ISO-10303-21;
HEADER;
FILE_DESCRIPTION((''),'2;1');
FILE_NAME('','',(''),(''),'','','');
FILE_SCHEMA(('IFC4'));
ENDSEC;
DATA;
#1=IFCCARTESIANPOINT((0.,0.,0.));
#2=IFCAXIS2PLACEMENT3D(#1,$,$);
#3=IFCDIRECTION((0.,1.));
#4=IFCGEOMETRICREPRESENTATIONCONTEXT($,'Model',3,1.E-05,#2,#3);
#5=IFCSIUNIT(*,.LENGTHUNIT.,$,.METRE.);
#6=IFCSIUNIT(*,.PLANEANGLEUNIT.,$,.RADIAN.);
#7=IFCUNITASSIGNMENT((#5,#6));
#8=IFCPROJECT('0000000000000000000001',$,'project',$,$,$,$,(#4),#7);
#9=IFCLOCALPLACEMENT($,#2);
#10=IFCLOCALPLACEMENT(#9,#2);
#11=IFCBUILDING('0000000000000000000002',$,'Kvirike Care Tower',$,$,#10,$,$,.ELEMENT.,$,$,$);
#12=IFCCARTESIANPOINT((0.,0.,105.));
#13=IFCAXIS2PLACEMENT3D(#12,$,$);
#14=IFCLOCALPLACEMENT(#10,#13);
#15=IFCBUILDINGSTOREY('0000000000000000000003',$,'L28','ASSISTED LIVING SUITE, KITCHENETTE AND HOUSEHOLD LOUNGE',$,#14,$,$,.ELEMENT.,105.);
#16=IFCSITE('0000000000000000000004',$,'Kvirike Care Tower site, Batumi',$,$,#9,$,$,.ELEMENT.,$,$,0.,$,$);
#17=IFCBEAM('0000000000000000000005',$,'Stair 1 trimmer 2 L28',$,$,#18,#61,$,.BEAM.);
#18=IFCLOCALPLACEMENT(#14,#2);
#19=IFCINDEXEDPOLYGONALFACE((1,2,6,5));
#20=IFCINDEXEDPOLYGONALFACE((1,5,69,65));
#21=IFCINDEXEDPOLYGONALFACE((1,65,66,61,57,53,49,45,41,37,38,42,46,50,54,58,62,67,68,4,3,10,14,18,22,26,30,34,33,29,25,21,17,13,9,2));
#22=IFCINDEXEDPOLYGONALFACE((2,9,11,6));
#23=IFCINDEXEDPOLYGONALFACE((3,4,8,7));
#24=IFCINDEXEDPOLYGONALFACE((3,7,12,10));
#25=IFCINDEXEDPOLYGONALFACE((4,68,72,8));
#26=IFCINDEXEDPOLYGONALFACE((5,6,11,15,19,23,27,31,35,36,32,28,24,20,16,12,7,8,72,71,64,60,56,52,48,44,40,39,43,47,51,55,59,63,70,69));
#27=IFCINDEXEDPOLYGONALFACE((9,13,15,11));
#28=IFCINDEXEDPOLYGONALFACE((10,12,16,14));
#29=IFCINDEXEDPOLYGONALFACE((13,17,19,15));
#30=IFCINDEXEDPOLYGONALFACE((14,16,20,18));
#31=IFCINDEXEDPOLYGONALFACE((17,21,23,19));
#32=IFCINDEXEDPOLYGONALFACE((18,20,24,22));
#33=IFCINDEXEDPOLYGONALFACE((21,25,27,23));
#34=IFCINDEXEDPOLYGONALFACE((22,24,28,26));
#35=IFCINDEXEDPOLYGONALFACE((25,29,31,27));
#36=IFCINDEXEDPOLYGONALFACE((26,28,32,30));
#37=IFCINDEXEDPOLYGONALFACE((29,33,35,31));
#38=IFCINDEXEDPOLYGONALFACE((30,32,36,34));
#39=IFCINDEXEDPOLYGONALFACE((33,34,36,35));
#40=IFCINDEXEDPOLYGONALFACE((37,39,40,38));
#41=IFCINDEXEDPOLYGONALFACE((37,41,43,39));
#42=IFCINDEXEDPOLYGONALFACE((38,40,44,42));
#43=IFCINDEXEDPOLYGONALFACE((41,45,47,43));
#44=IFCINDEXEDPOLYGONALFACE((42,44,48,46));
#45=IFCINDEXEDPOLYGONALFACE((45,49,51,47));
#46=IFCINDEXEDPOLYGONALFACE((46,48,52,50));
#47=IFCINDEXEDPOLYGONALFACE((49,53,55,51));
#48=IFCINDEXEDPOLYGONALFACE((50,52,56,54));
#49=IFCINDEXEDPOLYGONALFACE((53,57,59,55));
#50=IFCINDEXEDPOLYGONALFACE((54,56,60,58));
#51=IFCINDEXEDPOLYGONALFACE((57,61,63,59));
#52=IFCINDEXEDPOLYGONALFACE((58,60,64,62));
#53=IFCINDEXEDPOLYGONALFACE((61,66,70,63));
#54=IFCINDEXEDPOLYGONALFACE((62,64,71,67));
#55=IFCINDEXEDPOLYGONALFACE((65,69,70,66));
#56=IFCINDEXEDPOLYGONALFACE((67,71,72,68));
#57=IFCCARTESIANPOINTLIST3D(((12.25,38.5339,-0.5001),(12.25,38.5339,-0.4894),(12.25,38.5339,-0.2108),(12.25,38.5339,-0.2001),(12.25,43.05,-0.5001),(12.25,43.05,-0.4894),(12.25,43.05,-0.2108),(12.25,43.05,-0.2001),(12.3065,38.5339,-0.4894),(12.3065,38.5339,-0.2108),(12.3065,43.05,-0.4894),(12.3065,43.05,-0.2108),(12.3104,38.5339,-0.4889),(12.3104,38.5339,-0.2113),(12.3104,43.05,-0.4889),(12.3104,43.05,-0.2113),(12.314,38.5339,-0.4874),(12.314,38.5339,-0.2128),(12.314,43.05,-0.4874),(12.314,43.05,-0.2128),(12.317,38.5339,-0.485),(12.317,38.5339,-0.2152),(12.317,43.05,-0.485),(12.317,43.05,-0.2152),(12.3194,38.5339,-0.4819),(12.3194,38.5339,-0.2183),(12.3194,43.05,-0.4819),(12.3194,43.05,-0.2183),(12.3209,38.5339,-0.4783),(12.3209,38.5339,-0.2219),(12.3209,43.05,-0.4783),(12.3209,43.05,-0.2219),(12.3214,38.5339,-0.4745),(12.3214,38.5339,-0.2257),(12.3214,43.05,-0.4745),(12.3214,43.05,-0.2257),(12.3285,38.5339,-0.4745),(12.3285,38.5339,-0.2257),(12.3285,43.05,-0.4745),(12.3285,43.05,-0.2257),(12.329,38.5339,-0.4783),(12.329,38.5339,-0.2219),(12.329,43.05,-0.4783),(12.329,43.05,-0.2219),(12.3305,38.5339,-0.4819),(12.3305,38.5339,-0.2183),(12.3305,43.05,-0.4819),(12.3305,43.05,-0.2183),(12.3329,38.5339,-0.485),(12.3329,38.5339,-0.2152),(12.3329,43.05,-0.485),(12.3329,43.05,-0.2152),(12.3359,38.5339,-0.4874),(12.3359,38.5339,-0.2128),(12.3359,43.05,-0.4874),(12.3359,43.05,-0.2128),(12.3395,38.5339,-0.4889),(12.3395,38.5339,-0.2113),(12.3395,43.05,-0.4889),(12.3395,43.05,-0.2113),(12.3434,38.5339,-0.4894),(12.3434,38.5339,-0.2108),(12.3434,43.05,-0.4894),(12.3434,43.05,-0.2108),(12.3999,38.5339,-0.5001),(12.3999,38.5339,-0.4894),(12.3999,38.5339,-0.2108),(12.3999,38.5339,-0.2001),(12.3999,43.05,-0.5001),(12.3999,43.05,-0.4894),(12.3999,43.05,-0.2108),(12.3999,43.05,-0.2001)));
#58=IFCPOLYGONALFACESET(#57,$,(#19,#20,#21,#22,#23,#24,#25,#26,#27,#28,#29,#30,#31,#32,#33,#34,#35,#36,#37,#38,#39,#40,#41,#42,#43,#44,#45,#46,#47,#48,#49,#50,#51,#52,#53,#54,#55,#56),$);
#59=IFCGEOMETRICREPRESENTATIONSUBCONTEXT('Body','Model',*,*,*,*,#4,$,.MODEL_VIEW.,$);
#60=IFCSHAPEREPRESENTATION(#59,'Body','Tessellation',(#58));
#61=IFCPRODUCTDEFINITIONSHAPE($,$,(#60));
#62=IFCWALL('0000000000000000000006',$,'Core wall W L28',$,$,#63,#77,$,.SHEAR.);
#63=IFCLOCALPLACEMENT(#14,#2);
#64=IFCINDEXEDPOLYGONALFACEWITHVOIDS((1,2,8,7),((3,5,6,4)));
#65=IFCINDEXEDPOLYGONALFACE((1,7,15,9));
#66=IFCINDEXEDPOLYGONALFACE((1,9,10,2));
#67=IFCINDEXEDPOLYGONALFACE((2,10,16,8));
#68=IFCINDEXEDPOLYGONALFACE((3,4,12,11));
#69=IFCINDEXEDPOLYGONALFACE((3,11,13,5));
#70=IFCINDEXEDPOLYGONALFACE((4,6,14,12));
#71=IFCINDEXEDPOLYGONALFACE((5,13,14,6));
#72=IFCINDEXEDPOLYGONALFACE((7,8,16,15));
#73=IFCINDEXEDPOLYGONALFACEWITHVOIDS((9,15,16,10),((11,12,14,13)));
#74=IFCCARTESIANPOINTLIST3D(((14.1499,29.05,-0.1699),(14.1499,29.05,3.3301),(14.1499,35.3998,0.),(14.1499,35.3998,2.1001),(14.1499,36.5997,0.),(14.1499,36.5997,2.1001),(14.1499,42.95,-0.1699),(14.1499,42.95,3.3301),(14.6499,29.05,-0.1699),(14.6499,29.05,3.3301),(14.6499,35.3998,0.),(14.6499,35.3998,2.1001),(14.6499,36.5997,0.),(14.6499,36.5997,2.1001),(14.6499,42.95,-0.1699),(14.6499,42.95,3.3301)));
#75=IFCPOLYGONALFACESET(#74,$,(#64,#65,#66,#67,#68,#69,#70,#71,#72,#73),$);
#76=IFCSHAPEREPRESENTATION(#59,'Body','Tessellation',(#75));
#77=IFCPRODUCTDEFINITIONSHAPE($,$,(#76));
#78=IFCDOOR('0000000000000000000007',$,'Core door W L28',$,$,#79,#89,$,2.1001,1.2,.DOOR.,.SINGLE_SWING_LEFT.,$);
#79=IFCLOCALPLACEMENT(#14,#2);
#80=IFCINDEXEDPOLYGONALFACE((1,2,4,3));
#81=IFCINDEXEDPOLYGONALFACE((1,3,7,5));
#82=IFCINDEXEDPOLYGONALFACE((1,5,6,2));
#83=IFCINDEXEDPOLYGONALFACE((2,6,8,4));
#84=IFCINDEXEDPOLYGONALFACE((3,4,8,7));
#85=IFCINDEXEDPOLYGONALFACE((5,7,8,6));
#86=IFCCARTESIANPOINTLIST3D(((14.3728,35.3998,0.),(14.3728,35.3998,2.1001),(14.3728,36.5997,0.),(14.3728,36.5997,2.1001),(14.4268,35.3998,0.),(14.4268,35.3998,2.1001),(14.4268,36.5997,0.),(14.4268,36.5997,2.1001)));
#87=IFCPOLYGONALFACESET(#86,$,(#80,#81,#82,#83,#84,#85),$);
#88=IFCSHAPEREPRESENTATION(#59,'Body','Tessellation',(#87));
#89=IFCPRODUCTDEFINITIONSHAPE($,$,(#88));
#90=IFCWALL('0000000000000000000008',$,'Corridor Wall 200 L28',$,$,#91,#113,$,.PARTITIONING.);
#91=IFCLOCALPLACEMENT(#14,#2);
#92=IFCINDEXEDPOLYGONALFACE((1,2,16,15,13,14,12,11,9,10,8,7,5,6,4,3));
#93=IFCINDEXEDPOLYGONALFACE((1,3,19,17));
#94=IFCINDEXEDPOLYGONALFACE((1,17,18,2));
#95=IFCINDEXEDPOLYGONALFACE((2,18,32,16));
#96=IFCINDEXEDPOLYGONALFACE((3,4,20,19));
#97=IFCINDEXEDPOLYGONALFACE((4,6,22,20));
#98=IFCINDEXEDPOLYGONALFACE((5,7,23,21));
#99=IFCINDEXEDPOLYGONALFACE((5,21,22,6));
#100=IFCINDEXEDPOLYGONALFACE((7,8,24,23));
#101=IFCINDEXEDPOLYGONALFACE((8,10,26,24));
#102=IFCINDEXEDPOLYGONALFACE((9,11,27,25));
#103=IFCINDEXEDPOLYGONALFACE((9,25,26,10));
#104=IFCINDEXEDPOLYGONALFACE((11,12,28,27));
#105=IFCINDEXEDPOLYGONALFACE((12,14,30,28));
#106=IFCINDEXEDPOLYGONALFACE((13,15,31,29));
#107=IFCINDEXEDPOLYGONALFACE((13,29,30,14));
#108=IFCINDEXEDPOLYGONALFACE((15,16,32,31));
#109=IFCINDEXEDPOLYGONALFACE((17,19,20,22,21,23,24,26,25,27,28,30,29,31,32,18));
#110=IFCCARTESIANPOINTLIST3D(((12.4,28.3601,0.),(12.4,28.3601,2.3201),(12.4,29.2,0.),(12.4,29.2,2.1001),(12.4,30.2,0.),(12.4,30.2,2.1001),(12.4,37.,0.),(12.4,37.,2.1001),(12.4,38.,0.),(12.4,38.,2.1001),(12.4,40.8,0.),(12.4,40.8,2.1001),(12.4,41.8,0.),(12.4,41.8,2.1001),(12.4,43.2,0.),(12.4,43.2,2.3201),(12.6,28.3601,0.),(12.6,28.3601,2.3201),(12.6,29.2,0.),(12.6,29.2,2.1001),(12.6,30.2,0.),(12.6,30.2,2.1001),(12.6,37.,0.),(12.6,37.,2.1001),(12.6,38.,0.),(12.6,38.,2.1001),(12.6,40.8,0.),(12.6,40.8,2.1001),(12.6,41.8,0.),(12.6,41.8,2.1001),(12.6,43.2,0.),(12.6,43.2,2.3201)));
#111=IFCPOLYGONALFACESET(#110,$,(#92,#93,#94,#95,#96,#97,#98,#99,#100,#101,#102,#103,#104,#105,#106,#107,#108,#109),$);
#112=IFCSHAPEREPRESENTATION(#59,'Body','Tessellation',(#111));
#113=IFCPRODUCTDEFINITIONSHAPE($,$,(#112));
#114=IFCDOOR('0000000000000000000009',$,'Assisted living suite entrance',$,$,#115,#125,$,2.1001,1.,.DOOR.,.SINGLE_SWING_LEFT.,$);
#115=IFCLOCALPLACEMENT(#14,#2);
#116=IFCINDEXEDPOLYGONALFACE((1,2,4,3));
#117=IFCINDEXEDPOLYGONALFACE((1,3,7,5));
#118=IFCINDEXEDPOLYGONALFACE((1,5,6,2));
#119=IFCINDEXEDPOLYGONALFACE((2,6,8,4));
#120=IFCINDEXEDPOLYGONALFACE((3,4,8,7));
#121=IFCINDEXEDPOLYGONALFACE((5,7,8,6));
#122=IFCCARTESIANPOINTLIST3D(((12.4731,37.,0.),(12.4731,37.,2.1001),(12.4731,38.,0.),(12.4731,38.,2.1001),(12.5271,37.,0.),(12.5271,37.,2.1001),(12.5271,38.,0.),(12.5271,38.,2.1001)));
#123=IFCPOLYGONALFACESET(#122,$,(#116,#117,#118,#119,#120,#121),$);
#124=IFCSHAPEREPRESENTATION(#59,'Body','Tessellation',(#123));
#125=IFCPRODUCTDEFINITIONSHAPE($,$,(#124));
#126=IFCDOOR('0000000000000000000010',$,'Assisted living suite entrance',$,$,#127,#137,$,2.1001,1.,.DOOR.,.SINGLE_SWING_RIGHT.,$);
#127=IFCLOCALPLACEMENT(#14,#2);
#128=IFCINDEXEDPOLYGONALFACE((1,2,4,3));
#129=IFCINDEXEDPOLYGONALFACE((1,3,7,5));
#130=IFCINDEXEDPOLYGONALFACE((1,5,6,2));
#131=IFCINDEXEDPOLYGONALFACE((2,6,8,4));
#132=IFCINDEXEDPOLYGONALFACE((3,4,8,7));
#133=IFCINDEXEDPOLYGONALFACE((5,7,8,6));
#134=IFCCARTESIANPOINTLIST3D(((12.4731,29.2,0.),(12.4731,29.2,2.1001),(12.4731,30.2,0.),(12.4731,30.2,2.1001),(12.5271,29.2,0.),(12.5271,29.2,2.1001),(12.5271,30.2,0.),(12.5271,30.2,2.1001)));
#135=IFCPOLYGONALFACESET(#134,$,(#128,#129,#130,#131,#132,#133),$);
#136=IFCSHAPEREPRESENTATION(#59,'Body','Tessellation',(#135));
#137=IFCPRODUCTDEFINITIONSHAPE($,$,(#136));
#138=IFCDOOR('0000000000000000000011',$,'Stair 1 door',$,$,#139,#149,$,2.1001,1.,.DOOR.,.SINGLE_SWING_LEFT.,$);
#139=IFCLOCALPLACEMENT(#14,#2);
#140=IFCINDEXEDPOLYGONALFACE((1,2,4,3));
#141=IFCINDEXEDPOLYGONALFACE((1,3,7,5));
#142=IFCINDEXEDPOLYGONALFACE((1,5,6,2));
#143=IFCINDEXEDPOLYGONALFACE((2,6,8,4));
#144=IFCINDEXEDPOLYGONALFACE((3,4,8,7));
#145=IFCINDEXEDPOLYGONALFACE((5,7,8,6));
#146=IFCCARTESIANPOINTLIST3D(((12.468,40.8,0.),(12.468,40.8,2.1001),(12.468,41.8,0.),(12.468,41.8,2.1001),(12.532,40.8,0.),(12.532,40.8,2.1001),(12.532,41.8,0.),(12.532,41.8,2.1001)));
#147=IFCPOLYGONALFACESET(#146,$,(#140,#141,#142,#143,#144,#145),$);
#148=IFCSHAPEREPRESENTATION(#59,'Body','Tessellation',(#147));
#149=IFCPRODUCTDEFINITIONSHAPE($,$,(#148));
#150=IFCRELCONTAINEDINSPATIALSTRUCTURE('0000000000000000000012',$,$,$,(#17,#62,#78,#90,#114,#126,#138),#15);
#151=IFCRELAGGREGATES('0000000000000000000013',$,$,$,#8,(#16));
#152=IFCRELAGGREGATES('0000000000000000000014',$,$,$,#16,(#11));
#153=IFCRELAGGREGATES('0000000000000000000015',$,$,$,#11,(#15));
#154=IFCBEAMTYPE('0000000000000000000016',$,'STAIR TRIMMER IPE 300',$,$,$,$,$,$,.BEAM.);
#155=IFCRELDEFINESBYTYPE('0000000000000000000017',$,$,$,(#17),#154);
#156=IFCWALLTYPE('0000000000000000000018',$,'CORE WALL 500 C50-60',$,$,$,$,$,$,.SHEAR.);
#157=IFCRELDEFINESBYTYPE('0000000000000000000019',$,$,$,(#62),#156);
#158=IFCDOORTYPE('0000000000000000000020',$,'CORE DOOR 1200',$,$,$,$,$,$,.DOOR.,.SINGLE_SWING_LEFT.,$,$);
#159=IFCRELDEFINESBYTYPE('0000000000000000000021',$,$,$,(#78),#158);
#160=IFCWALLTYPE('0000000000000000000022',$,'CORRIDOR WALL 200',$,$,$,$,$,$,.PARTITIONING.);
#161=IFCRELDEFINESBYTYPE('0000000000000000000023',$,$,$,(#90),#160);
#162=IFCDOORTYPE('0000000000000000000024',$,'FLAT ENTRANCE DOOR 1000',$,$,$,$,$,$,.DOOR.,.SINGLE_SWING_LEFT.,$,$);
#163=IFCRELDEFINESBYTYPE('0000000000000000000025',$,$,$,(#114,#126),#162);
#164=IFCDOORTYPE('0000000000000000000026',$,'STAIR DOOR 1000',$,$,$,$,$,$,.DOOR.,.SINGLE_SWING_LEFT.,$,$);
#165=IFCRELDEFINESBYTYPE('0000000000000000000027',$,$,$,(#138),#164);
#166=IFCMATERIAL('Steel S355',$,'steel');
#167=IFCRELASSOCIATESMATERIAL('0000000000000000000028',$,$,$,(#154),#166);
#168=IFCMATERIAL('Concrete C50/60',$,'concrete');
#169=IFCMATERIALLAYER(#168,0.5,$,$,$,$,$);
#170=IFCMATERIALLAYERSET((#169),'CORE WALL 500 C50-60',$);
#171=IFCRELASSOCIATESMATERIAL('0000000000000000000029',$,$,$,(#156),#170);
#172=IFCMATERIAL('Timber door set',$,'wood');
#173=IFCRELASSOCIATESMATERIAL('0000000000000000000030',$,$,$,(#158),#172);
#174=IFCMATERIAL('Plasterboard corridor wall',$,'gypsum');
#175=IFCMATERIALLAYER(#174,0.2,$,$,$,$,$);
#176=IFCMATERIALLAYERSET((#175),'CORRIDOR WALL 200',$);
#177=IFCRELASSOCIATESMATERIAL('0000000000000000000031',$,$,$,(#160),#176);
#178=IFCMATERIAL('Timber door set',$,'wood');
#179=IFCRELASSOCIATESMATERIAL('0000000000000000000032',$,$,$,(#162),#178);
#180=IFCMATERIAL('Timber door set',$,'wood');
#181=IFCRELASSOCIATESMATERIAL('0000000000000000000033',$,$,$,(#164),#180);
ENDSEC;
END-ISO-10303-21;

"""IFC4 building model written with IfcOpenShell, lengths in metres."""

from ifc_helpers import new_model, si_unit, direction, frame, frame_2d, origin, origin_2d, place, context, subcontext, project, spatial, rectangle, i_section, extrude, material, layer, layer_set, material_profile, profile_set, type_object, element, fill, save


model = new_model("IFC4")

# Units and contexts
model_context = context("Model", 3, precision=1e-05, world=origin(), true_north=direction((0.0, 1.0)))
body_context = subcontext(model_context, "Body", "Model", "MODEL_VIEW")
ifc_project = project(units=[si_unit("LENGTHUNIT", "METRE"), si_unit("PLANEANGLEUNIT", "RADIAN")], contexts=[model_context])

# Site, building, storey
site_placement = place(None, origin())
site = spatial("IfcSite", under=ifc_project, at=site_placement, Name="Kvirike Care Tower site, Batumi", CompositionType="ELEMENT", RefElevation=0.0)
building_placement = place(site_placement, origin())
building = spatial("IfcBuilding", under=site, at=building_placement, Name="Kvirike Care Tower", CompositionType="ELEMENT")
storey_placement = place(building_placement, frame((0.0, 0.0, 105.0)))
storey = spatial("IfcBuildingStorey", under=building, at=storey_placement, Name="L28", Description="ASSISTED LIVING SUITE, KITCHENETTE AND HOUSEHOLD LOUNGE", CompositionType="ELEMENT", Elevation=105.0)

# Beam
ifc_material_1 = material(Name="Steel S355", Category="steel")
ifc_material_profile_1 = material_profile(ifc_material_1, i_section(OverallWidth=0.1499, OverallDepth=0.3, WebThickness=0.0071, FlangeThickness=0.0107, FilletRadius=0.0149, at=origin_2d()), Name="IPE 300")
ifc_profile_set_1 = profile_set([ifc_material_profile_1], Name="Steel S355")
beam_type_1 = type_object("IfcBeamType", Name="STAIR TRIMMER IPE 300", PredefinedType="BEAM", material=ifc_profile_set_1)
for number, where, z_axis, x_axis, name in (
    (1, (12.325, 43.05, -0.3501), (0.0, -1.0, 0.0), (1.0, 0.0, 0.0), "Stair 1 trimmer 2 L28"),
):
    element("IfcBeam", number, at=place(storey_placement, frame(where, z_axis=z_axis, x_axis=x_axis)), inside=storey, type_object=beam_type_1, Name=name, PredefinedType="BEAM", context=body_context, shape_type="SweptSolid", body=[
        extrude(i_section(OverallWidth=0.1499, OverallDepth=0.3, WebThickness=0.0071, FlangeThickness=0.0107, FilletRadius=0.0149, at=origin_2d()), origin(), (0.0, 0.0, 1.0), 4.5161),
    ])

# Wall, opening, door
ifc_material_2 = material(Name="Concrete C50/60", Category="concrete")
ifc_layer_1 = layer(ifc_material_2, 0.5)
ifc_layer_set_1 = layer_set([ifc_layer_1], Name="CORE WALL 500 C50-60")
wall_type_1 = type_object("IfcWallType", Name="CORE WALL 500 C50-60", PredefinedType="SHEAR", material=ifc_layer_set_1)
wall_1_placement = place(storey_placement, frame((14.3999, 42.95, -0.1699), z_axis=(0.0, 0.0, 1.0), x_axis=(0.0, -1.0, 0.0)))
wall_1 = element("IfcWall", 2, at=wall_1_placement, inside=storey, type_object=wall_type_1, Name="Core wall W L28", PredefinedType="SHEAR", context=body_context, shape_type="SweptSolid", body=[
    extrude(rectangle(XDim=13.8999, YDim=0.5, at=frame_2d((6.95, 0.0))), origin(), (0.0, 0.0, 1.0), 3.5),
])
opening_1_placement = place(wall_1_placement, frame((6.3501, 0.0, 0.1699)))
opening_1 = element("IfcOpeningElement", 3, at=opening_1_placement, cuts=wall_1, PredefinedType="OPENING", context=body_context, shape_type="SweptSolid", body=[
    extrude(rectangle(XDim=1.2, YDim=2.1001, at=frame_2d((0.6001, 1.05))), frame((0.0, 0.2605, 0.0), z_axis=(0.0, -1.0, 0.0), x_axis=(1.0, 0.0, 0.0)), (0.0, 0.0, 1.0), 0.521),
])
ifc_material_3 = material(Name="Timber door set", Category="wood")
door_type_1 = type_object("IfcDoorType", Name="CORE DOOR 1200", OperationType="SINGLE_SWING_LEFT", PredefinedType="DOOR", material=ifc_material_3)
door_1_placement = place(opening_1_placement, origin())
door_1 = element("IfcDoor", 4, at=door_1_placement, inside=storey, type_object=door_type_1, Name="Core door W L28", OperationType="SINGLE_SWING_LEFT", OverallHeight=2.1001, OverallWidth=1.2, PredefinedType="DOOR", context=body_context, shape_type="SweptSolid", body=[
    extrude(rectangle(XDim=1.2, YDim=2.1001, at=frame_2d((0.6001, 1.05))), frame((0.0, 0.0269, 0.0), z_axis=(0.0, -1.0, 0.0), x_axis=(1.0, 0.0, 0.0)), (0.0, 0.0, 1.0), 0.054),
])
fill(opening_1, door_1)

# Wall, openings, doors
ifc_material_4 = material(Name="Plasterboard corridor wall", Category="gypsum")
ifc_layer_2 = layer(ifc_material_4, 0.2)
ifc_layer_set_2 = layer_set([ifc_layer_2], Name="CORRIDOR WALL 200")
wall_type_2 = type_object("IfcWallType", Name="CORRIDOR WALL 200", PredefinedType="PARTITIONING", material=ifc_layer_set_2)
wall_2_placement = place(storey_placement, frame((12.5, 43.2, 0.0), z_axis=(0.0, 0.0, 1.0), x_axis=(0.0, -1.0, 0.0)))
wall_2 = element("IfcWall", 5, at=wall_2_placement, inside=storey, type_object=wall_type_2, Name="Corridor Wall 200 L28", PredefinedType="PARTITIONING", context=body_context, shape_type="SweptSolid", body=[
    extrude(rectangle(XDim=14.8398, YDim=0.2, at=frame_2d((7.4199, 0.0))), origin(), (0.0, 0.0, 1.0), 2.3201),
])
opening_2_placement = place(wall_2_placement, frame((1.3999, 0.0, 0.0)))
opening_2 = element("IfcOpeningElement", 6, at=opening_2_placement, cuts=wall_2, PredefinedType="OPENING", context=body_context, shape_type="SweptSolid", body=[
    extrude(rectangle(XDim=1.0, YDim=2.1001, at=frame_2d((0.5, 1.05))), frame((0.0, 0.1106, 0.0), z_axis=(0.0, -1.0, 0.0), x_axis=(1.0, 0.0, 0.0)), (0.0, 0.0, 1.0), 0.2209),
])
opening_3_placement = place(wall_2_placement, frame((5.2, 0.0, 0.0)))
opening_3 = element("IfcOpeningElement", 7, at=opening_3_placement, cuts=wall_2, PredefinedType="OPENING", context=body_context, shape_type="SweptSolid", body=[
    extrude(rectangle(XDim=1.0, YDim=2.1001, at=frame_2d((0.5, 1.05))), frame((0.0, 0.1106, 0.0), z_axis=(0.0, -1.0, 0.0), x_axis=(1.0, 0.0, 0.0)), (0.0, 0.0, 1.0), 0.2209),
])
opening_4_placement = place(wall_2_placement, frame((13.0, 0.0, 0.0)))
opening_4 = element("IfcOpeningElement", 8, at=opening_4_placement, cuts=wall_2, PredefinedType="OPENING", context=body_context, shape_type="SweptSolid", body=[
    extrude(rectangle(XDim=1.0, YDim=2.1001, at=frame_2d((0.5, 1.05))), frame((0.0, 0.1106, 0.0), z_axis=(0.0, -1.0, 0.0), x_axis=(1.0, 0.0, 0.0)), (0.0, 0.0, 1.0), 0.2209),
])
ifc_material_5 = material(Name="Timber door set", Category="wood")
door_type_2 = type_object("IfcDoorType", Name="FLAT ENTRANCE DOOR 1000", OperationType="SINGLE_SWING_LEFT", PredefinedType="DOOR", material=ifc_material_5)
door_2_placement = place(opening_3_placement, frame((1.0, 0.0, 0.0), z_axis=(0.0, 0.0, 1.0), x_axis=(-1.0, 0.0, 0.0)))
door_2 = element("IfcDoor", 9, at=door_2_placement, inside=storey, type_object=door_type_2, Name="Assisted living suite entrance", OperationType="SINGLE_SWING_LEFT", OverallHeight=2.1001, OverallWidth=1.0, PredefinedType="DOOR", context=body_context, shape_type="SweptSolid", body=[
    extrude(rectangle(XDim=1.0, YDim=2.1001, at=frame_2d((0.5, 1.05))), frame((0.0, 0.0269, 0.0), z_axis=(0.0, -1.0, 0.0), x_axis=(1.0, 0.0, 0.0)), (0.0, 0.0, 1.0), 0.054),
])
fill(opening_3, door_2)
door_3_placement = place(opening_4_placement, frame((1.0, 0.0, 0.0), z_axis=(0.0, 0.0, 1.0), x_axis=(-1.0, 0.0, 0.0)))
door_3 = element("IfcDoor", 10, at=door_3_placement, inside=storey, type_object=door_type_2, Name="Assisted living suite entrance", OperationType="SINGLE_SWING_RIGHT", OverallHeight=2.1001, OverallWidth=1.0, PredefinedType="DOOR", context=body_context, shape_type="SweptSolid", body=[
    extrude(rectangle(XDim=1.0, YDim=2.1001, at=frame_2d((0.5, 1.05))), frame((0.0, 0.0269, 0.0), z_axis=(0.0, -1.0, 0.0), x_axis=(1.0, 0.0, 0.0)), (0.0, 0.0, 1.0), 0.054),
])
fill(opening_4, door_3)
ifc_material_6 = material(Name="Timber door set", Category="wood")
door_type_3 = type_object("IfcDoorType", Name="STAIR DOOR 1000", OperationType="SINGLE_SWING_LEFT", PredefinedType="DOOR", material=ifc_material_6)
door_4_placement = place(opening_2_placement, frame((1.0, 0.0, 0.0), z_axis=(0.0, 0.0, 1.0), x_axis=(-1.0, 0.0, 0.0)))
door_4 = element("IfcDoor", 11, at=door_4_placement, inside=storey, type_object=door_type_3, Name="Stair 1 door", OperationType="SINGLE_SWING_LEFT", OverallHeight=2.1001, OverallWidth=1.0, PredefinedType="DOOR", context=body_context, shape_type="SweptSolid", body=[
    extrude(rectangle(XDim=1.0, YDim=2.1001, at=frame_2d((0.5, 1.05))), frame((0.0, 0.032, 0.0), z_axis=(0.0, -1.0, 0.0), x_axis=(1.0, 0.0, 0.0)), (0.0, 0.0, 1.0), 0.064),
])
fill(opening_2, door_4)

save(model, "model.ifc")
